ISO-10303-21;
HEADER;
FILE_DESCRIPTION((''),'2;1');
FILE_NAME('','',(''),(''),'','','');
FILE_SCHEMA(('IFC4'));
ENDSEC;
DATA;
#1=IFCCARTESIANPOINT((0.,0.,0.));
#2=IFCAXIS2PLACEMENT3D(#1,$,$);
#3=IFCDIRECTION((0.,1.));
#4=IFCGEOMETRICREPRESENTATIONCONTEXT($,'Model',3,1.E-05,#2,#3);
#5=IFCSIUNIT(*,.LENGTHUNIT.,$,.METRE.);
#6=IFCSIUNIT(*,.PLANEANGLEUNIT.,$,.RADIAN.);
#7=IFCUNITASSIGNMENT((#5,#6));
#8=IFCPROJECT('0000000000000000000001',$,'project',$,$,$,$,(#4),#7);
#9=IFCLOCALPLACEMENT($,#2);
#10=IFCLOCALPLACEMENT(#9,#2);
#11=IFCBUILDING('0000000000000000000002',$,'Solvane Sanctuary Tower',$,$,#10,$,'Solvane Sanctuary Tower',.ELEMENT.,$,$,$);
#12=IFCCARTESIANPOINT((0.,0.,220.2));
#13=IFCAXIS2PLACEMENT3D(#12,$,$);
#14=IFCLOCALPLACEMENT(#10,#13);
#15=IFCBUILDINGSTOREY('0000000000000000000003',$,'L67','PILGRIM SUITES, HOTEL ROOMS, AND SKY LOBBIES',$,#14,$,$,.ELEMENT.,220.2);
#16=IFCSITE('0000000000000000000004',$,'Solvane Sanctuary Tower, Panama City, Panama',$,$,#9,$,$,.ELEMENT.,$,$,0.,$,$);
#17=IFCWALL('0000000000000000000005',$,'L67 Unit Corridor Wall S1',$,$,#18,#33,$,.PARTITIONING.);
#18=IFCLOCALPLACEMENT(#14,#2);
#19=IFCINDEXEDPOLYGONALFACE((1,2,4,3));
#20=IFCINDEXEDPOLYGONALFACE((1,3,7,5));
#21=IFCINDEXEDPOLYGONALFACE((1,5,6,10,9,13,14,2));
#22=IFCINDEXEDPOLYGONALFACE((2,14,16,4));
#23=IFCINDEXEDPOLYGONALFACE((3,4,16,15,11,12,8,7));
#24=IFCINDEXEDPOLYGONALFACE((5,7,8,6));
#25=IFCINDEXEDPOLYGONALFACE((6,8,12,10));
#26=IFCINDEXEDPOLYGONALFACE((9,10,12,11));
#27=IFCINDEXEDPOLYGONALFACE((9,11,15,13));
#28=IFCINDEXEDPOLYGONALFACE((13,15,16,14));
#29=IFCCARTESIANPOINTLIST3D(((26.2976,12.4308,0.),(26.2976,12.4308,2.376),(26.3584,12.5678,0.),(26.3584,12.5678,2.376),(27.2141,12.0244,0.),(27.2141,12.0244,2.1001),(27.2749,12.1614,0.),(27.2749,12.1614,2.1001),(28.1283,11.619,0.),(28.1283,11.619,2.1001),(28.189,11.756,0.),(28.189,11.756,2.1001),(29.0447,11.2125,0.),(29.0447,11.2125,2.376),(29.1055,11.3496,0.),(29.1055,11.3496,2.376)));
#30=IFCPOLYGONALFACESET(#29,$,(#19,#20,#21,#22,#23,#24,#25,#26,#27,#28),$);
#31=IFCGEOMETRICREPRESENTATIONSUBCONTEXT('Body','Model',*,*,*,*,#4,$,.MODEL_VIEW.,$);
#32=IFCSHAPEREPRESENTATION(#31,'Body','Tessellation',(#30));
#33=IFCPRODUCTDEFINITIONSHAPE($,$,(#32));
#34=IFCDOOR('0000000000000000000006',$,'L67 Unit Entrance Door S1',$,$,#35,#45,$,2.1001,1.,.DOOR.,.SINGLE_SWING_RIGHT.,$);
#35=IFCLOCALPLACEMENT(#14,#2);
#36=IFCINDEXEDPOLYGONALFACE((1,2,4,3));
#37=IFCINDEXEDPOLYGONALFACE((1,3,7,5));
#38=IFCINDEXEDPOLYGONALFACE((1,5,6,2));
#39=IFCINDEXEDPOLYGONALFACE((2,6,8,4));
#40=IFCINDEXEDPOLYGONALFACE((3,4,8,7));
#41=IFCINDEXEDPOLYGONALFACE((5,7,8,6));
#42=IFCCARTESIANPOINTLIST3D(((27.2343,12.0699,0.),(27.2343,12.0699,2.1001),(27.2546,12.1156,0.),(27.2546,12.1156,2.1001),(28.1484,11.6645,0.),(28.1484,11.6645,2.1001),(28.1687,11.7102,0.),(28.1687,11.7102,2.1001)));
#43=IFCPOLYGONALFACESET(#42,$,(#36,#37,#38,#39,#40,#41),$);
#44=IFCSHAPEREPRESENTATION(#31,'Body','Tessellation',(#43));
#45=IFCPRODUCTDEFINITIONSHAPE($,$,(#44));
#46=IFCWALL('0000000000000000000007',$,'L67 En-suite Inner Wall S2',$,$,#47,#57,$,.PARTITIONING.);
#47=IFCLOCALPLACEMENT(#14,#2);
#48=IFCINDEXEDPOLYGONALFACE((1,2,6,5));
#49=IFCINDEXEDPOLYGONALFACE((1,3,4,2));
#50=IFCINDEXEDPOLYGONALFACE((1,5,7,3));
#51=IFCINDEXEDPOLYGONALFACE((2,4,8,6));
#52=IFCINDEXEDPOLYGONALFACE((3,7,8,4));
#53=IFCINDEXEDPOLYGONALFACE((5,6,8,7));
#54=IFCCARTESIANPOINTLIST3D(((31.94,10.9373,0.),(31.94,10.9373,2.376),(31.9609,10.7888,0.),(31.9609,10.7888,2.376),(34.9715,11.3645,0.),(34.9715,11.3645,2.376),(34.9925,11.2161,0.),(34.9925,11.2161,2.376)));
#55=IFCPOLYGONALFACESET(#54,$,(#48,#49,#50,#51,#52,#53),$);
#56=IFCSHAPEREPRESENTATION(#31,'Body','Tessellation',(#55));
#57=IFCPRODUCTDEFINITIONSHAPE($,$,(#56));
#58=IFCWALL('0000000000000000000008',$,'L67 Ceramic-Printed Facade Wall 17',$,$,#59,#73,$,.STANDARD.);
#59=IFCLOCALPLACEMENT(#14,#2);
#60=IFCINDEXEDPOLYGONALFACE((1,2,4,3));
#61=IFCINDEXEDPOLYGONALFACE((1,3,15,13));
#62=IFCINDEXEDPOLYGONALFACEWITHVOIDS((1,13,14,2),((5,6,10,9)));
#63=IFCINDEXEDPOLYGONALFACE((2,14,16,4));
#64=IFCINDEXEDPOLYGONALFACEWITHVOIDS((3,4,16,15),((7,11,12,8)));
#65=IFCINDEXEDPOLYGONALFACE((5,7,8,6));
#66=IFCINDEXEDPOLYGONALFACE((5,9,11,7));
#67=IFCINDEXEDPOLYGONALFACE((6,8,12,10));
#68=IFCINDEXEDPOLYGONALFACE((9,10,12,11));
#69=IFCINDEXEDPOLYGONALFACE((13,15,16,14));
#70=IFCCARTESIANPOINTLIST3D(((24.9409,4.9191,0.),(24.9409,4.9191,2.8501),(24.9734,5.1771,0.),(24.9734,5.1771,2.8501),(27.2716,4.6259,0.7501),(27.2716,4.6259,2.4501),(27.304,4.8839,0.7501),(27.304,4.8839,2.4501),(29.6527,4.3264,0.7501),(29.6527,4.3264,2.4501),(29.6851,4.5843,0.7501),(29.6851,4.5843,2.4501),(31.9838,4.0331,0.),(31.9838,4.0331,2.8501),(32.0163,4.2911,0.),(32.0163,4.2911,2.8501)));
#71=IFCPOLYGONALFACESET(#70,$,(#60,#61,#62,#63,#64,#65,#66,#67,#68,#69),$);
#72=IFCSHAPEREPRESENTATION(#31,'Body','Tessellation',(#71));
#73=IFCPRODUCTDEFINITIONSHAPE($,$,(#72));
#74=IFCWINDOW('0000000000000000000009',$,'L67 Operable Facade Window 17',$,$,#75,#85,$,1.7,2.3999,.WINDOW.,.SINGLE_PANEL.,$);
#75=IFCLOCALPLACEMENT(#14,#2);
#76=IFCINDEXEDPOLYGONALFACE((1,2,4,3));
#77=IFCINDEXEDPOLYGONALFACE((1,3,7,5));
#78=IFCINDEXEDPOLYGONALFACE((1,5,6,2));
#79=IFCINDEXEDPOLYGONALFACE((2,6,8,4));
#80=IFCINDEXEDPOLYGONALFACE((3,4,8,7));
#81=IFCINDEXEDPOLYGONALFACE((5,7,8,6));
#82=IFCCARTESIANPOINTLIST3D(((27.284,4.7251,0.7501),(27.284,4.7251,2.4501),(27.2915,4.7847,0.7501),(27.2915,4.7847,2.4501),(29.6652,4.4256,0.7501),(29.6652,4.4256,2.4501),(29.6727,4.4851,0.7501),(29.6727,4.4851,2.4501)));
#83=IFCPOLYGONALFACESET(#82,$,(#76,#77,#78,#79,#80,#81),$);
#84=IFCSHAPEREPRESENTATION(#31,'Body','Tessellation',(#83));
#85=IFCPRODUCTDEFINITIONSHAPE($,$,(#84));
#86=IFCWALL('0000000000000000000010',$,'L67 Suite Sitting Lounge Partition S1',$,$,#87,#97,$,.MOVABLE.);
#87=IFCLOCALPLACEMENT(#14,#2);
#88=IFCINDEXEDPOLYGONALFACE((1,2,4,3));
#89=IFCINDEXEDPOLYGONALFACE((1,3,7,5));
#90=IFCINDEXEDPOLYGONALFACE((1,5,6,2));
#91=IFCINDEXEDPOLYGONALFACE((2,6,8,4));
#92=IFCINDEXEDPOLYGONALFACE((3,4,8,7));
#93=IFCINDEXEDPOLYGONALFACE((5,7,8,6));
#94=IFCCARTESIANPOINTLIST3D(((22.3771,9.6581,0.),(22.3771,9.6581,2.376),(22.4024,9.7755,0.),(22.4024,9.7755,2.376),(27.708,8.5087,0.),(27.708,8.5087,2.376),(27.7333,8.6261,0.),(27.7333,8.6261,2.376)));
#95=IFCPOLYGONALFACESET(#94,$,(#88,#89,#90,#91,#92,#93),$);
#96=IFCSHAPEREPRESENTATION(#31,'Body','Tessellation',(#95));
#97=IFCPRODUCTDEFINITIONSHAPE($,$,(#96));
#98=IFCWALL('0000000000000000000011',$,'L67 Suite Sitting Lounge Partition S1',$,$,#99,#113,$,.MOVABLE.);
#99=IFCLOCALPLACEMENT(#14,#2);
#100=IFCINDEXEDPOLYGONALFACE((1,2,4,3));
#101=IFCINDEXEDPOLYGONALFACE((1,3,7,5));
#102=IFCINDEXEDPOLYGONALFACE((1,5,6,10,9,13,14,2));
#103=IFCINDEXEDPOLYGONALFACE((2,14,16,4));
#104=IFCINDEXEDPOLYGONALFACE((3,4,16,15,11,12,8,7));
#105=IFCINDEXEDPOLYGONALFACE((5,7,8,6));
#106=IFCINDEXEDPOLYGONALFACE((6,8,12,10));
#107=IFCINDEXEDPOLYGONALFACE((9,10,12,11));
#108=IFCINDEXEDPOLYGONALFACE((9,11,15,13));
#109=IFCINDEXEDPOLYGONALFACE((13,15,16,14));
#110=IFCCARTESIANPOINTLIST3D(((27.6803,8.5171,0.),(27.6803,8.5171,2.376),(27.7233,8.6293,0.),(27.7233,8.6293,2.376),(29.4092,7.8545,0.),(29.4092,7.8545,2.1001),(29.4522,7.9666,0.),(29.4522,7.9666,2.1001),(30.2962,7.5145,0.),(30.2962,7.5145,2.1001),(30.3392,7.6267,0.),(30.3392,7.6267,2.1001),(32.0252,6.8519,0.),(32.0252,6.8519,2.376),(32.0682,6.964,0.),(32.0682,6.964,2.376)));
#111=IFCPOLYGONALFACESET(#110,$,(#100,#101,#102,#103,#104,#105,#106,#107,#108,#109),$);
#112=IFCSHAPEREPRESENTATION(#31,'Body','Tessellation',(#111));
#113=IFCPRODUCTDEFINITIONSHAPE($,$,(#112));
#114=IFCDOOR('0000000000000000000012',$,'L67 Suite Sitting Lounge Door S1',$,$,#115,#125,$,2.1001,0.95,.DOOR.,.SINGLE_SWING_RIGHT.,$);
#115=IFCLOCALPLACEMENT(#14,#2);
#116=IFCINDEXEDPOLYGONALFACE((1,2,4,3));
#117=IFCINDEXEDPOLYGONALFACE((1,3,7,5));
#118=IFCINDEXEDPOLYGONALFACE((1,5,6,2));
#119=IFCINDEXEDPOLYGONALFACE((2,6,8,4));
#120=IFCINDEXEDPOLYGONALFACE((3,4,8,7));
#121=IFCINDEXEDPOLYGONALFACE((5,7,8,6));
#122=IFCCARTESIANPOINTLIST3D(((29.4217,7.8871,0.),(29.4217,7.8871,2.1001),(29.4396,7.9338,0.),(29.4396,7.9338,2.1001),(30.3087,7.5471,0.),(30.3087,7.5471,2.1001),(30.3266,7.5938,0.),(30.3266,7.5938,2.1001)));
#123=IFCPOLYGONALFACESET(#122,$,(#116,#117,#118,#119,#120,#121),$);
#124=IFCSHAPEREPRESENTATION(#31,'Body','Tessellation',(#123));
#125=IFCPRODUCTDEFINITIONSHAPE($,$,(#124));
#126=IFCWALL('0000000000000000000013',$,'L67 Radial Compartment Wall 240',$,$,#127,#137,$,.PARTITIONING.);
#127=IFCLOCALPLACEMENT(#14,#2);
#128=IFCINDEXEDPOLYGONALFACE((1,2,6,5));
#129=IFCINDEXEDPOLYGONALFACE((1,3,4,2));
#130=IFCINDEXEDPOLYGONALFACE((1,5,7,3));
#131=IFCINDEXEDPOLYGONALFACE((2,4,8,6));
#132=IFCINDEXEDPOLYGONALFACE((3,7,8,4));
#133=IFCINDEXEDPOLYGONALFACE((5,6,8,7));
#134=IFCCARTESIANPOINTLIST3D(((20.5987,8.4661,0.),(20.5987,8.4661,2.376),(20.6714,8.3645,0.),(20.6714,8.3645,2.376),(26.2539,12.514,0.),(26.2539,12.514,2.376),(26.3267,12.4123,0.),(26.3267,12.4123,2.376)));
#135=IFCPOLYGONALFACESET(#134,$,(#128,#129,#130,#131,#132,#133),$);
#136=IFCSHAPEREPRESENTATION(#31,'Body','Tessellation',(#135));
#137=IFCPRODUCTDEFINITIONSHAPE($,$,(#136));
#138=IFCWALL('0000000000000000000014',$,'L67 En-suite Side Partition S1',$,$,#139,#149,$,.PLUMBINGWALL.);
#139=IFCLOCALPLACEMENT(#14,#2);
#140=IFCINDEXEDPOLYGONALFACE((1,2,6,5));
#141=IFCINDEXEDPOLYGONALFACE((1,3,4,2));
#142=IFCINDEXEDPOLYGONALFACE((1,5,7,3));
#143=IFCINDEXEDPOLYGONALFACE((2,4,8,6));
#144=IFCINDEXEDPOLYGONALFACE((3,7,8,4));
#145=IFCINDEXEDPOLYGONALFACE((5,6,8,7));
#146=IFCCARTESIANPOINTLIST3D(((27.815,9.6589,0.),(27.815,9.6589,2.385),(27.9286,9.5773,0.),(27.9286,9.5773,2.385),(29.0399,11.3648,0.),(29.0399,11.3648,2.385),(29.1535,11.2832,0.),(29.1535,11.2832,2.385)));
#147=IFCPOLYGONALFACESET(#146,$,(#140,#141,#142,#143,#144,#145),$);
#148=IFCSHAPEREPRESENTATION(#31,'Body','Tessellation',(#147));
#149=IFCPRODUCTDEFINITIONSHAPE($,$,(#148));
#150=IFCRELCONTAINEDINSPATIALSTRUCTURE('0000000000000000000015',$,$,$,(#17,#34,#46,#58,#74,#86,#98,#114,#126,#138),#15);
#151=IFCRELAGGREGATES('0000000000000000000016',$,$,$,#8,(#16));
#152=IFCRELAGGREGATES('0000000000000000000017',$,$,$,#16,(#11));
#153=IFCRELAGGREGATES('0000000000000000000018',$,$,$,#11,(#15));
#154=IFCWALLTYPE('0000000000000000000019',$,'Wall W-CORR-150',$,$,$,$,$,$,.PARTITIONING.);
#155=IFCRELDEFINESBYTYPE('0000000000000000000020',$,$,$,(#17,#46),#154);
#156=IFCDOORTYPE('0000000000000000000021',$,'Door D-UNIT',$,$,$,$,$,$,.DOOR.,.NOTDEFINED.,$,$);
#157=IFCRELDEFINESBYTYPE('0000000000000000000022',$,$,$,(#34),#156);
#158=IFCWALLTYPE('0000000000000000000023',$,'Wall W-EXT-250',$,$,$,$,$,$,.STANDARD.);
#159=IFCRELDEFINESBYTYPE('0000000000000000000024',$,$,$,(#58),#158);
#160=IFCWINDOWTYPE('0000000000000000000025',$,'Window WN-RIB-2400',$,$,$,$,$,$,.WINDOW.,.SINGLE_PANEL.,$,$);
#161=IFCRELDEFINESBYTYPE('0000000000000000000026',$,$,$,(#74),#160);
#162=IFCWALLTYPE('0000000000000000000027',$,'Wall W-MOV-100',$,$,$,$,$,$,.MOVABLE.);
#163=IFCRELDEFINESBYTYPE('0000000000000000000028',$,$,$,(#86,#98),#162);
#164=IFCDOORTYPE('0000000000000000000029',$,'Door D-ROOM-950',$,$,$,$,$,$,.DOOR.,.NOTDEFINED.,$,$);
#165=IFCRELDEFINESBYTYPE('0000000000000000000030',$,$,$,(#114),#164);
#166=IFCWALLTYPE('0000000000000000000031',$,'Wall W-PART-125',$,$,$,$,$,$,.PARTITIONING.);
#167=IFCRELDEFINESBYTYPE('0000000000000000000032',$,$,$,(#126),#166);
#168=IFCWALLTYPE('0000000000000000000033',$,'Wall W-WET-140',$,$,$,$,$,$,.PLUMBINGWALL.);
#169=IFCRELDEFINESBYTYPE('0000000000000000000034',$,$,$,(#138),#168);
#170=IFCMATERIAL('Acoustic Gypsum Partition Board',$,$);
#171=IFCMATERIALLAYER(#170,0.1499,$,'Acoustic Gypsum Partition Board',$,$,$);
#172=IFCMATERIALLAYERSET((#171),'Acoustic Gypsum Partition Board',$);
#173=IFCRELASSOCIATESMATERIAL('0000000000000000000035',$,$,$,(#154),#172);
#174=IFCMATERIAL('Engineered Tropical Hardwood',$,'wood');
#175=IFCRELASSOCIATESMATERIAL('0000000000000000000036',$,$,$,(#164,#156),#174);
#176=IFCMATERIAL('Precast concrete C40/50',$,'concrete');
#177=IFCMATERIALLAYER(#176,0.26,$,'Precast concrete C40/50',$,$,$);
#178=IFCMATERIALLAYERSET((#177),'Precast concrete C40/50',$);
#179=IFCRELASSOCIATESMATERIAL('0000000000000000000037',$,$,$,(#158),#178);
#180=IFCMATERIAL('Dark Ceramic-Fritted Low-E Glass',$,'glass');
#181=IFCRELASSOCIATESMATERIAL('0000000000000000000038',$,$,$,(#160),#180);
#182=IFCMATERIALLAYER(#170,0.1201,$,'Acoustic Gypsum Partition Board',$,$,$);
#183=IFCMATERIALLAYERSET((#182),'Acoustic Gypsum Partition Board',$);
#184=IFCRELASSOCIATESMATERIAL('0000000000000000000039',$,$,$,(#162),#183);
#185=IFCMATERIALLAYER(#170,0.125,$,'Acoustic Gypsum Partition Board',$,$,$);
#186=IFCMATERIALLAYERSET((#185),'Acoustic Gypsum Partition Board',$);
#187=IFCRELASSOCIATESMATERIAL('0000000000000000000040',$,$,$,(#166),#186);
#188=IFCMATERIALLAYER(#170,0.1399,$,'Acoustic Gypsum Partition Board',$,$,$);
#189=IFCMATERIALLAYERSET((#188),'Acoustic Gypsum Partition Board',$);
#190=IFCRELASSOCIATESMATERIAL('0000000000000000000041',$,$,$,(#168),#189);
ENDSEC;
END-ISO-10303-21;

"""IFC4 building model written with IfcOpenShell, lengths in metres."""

from ifc_helpers import new_model, si_unit, direction, frame, frame_2d, origin, place, context, subcontext, project, spatial, rectangle, extrude, material, layer, layer_set, type_object, element, fill, save


model = new_model("IFC4")

# Units and contexts
model_context = context("Model", 3, precision=1e-05, world=origin(), true_north=direction((0.0, 1.0)))
body_context = subcontext(model_context, "Body", "Model", "MODEL_VIEW")
ifc_project = project(units=[si_unit("LENGTHUNIT", "METRE"), si_unit("PLANEANGLEUNIT", "RADIAN")], contexts=[model_context])

# Site, building, storey
site_placement = place(None, origin())
site = spatial("IfcSite", under=ifc_project, at=site_placement, Name="Solvane Sanctuary Tower, Panama City, Panama", CompositionType="ELEMENT", RefElevation=0.0)
building_placement = place(site_placement, origin())
building = spatial("IfcBuilding", under=site, at=building_placement, Name="Solvane Sanctuary Tower", LongName="Solvane Sanctuary Tower", CompositionType="ELEMENT")
storey_placement = place(building_placement, frame((0.0, 0.0, 220.2)))
storey = spatial("IfcBuildingStorey", under=building, at=storey_placement, Name="L67", Description="PILGRIM SUITES, HOTEL ROOMS, AND SKY LOBBIES", CompositionType="ELEMENT", Elevation=220.2)

# Shared definitions
ifc_material_1 = material(Name="Acoustic Gypsum Partition Board")
ifc_layer_1 = layer(ifc_material_1, 0.1499, Name="Acoustic Gypsum Partition Board")
ifc_layer_set_1 = layer_set([ifc_layer_1], Name="Acoustic Gypsum Partition Board")
wall_type_1 = type_object("IfcWallType", Name="Wall W-CORR-150", PredefinedType="PARTITIONING", material=ifc_layer_set_1)

# Shared definitions
ifc_material_2 = material(Name="Engineered Tropical Hardwood", Category="wood")
door_type_1 = type_object("IfcDoorType", Name="Door D-ROOM-950", OperationType="NOTDEFINED", PredefinedType="DOOR", material=ifc_material_2)

# Wall, opening, door
wall_1_placement = place(storey_placement, frame((26.3281, 12.4993, 0.0), z_axis=(0.0, 0.0, 1.0), x_axis=(0.91414, -0.4054, 0.0)))
wall_1 = element("IfcWall", 1, at=wall_1_placement, inside=storey, type_object=wall_type_1, Name="L67 Unit Corridor Wall S1", PredefinedType="PARTITIONING", context=body_context, shape_type="SweptSolid", body=[
    extrude(rectangle(XDim=3.0051, YDim=0.1499, at=frame_2d((1.5024, 0.0))), origin(), (0.0, 0.0, 1.0), 2.376),
])
opening_1_placement = place(wall_1_placement, frame((1.0024, 0.0, 0.0)))
opening_1 = element("IfcOpeningElement", 2, at=opening_1_placement, cuts=wall_1, PredefinedType="OPENING", context=body_context, shape_type="SweptSolid", body=[
    extrude(rectangle(XDim=1.0, YDim=2.1001, at=frame_2d((0.5, 1.05))), frame((0.0, 0.085, 0.0), z_axis=(0.0, -1.0, 0.0), x_axis=(1.0, 0.0, 0.0)), (0.0, 0.0, 1.0), 0.1699),
])
door_type_2 = type_object("IfcDoorType", Name="Door D-UNIT", OperationType="NOTDEFINED", PredefinedType="DOOR", material=ifc_material_2)
door_1_placement = place(opening_1_placement, origin())
door_1 = element("IfcDoor", 3, at=door_1_placement, inside=storey, type_object=door_type_2, Name="L67 Unit Entrance Door S1", OperationType="SINGLE_SWING_RIGHT", OverallHeight=2.1001, OverallWidth=1.0, PredefinedType="DOOR", context=body_context, shape_type="SweptSolid", body=[
    extrude(rectangle(XDim=1.0, YDim=2.1001, at=frame_2d((0.5, 1.05))), frame((0.0, 0.0249, 0.0), z_axis=(0.0, -1.0, 0.0), x_axis=(1.0, 0.0, 0.0)), (0.0, 0.0, 1.0), 0.05),
])
fill(opening_1, door_1)

# Wall
wall_2_placement = place(storey_placement, frame((31.9504, 10.863, 0.0), z_axis=(0.0, 0.0, 1.0), x_axis=(0.990214, 0.139557, 0.0)))
element("IfcWall", 4, at=wall_2_placement, inside=storey, type_object=wall_type_1, Name="L67 En-suite Inner Wall S2", PredefinedType="PARTITIONING", context=body_context, shape_type="SweptSolid", body=[
    extrude(rectangle(XDim=3.0615, YDim=0.1499, at=frame_2d((1.5308, 0.0))), origin(), (0.0, 0.0, 1.0), 2.376),
])

# Wall, opening, window
ifc_material_3 = material(Name="Precast concrete C40/50", Category="concrete")
ifc_layer_2 = layer(ifc_material_3, 0.26, Name="Precast concrete C40/50")
ifc_layer_set_2 = layer_set([ifc_layer_2], Name="Precast concrete C40/50")
wall_type_2 = type_object("IfcWallType", Name="Wall W-EXT-250", PredefinedType="STANDARD", material=ifc_layer_set_2)
wall_3_placement = place(storey_placement, frame((24.957, 5.0481, 0.0), z_axis=(0.0, 0.0, 1.0), x_axis=(0.99218, -0.124814, 0.0)))
wall_3 = element("IfcWall", 5, at=wall_3_placement, inside=storey, type_object=wall_type_2, Name="L67 Ceramic-Printed Facade Wall 17", PredefinedType="STANDARD", context=body_context, shape_type="SweptSolid", body=[
    extrude(rectangle(XDim=7.0984, YDim=0.26, at=frame_2d((3.5493, 0.0))), origin(), (0.0, 0.0, 1.0), 2.8501),
])
opening_2_placement = place(wall_3_placement, frame((2.3491, 0.0, 0.75)))
opening_2 = element("IfcOpeningElement", 6, at=opening_2_placement, cuts=wall_3, PredefinedType="OPENING", context=body_context, shape_type="SweptSolid", body=[
    extrude(rectangle(XDim=2.3999, YDim=1.7, at=frame_2d((1.2, 0.8501))), frame((0.0, 0.1399, 0.0), z_axis=(0.0, -1.0, 0.0), x_axis=(1.0, 0.0, 0.0)), (0.0, 0.0, 1.0), 0.28),
])
ifc_material_4 = material(Name="Dark Ceramic-Fritted Low-E Glass", Category="glass")
window_type = type_object("IfcWindowType", Name="Window WN-RIB-2400", PartitioningType="SINGLE_PANEL", PredefinedType="WINDOW", material=ifc_material_4)
window_placement = place(opening_2_placement, origin())
window = element("IfcWindow", 7, at=window_placement, inside=storey, type_object=window_type, Name="L67 Operable Facade Window 17", OverallHeight=1.7, OverallWidth=2.3999, PartitioningType="SINGLE_PANEL", PredefinedType="WINDOW", context=body_context, shape_type="SweptSolid", body=[
    extrude(rectangle(XDim=2.3999, YDim=1.7, at=frame_2d((1.2, 0.8501))), frame((0.0, 0.03, 0.0), z_axis=(0.0, -1.0, 0.0), x_axis=(1.0, 0.0, 0.0)), (0.0, 0.0, 1.0), 0.0601),
])
fill(opening_2, window)

# Wall
ifc_layer_3 = layer(ifc_material_1, 0.1201, Name="Acoustic Gypsum Partition Board")
ifc_layer_set_3 = layer_set([ifc_layer_3], Name="Acoustic Gypsum Partition Board")
wall_type_3 = type_object("IfcWallType", Name="Wall W-MOV-100", PredefinedType="MOVABLE", material=ifc_layer_set_3)
wall_4_placement = place(storey_placement, frame((22.3899, 9.7168, 0.0), z_axis=(0.0, 0.0, 1.0), x_axis=(0.977535, -0.210773, 0.0)))
element("IfcWall", 8, at=wall_4_placement, inside=storey, type_object=wall_type_3, Name="L67 Suite Sitting Lounge Partition S1", PredefinedType="MOVABLE", context=body_context, shape_type="SweptSolid", body=[
    extrude(rectangle(XDim=5.4534, YDim=0.1201, at=frame_2d((2.7266, 0.0))), origin(), (0.0, 0.0, 1.0), 2.376),
])

# Wall, opening, door
wall_5_placement = place(storey_placement, frame((27.7017, 8.5732, 0.0), z_axis=(0.0, 0.0, 1.0), x_axis=(0.933767, -0.357882, 0.0)))
wall_5 = element("IfcWall", 9, at=wall_5_placement, inside=storey, type_object=wall_type_3, Name="L67 Suite Sitting Lounge Partition S1", PredefinedType="MOVABLE", context=body_context, shape_type="SweptSolid", body=[
    extrude(rectangle(XDim=4.6531, YDim=0.1201, at=frame_2d((2.3267, 0.0))), origin(), (0.0, 0.0, 1.0), 2.376),
])
opening_3_placement = place(wall_5_placement, frame((1.8516, 0.0, 0.0)))
opening_3 = element("IfcOpeningElement", 10, at=opening_3_placement, cuts=wall_5, PredefinedType="OPENING", context=body_context, shape_type="SweptSolid", body=[
    extrude(rectangle(XDim=0.95, YDim=2.1001, at=frame_2d((0.4751, 1.05))), frame((0.0, 0.0701, 0.0), z_axis=(0.0, -1.0, 0.0), x_axis=(1.0, 0.0, 0.0)), (0.0, 0.0, 1.0), 0.1401),
])
door_2_placement = place(opening_3_placement, origin())
door_2 = element("IfcDoor", 11, at=door_2_placement, inside=storey, type_object=door_type_1, Name="L67 Suite Sitting Lounge Door S1", OperationType="SINGLE_SWING_RIGHT", OverallHeight=2.1001, OverallWidth=0.95, PredefinedType="DOOR", context=body_context, shape_type="SweptSolid", body=[
    extrude(rectangle(XDim=0.95, YDim=2.1001, at=frame_2d((0.4751, 1.05))), frame((0.0, 0.0249, 0.0), z_axis=(0.0, -1.0, 0.0), x_axis=(1.0, 0.0, 0.0)), (0.0, 0.0, 1.0), 0.05),
])
fill(opening_3, door_2)

# Walls
ifc_layer_4 = layer(ifc_material_1, 0.125, Name="Acoustic Gypsum Partition Board")
ifc_layer_set_4 = layer_set([ifc_layer_4], Name="Acoustic Gypsum Partition Board")
wall_type_4 = type_object("IfcWallType", Name="Wall W-PART-125", PredefinedType="PARTITIONING", material=ifc_layer_set_4)
wall_6_placement = place(storey_placement, frame((26.2903, 12.4631, 0.0), z_axis=(0.0, 0.0, 1.0), x_axis=(-0.813164, -0.582035, 0.0)))
element("IfcWall", 12, at=wall_6_placement, inside=storey, type_object=wall_type_4, Name="L67 Radial Compartment Wall 240", PredefinedType="PARTITIONING", context=body_context, shape_type="SweptSolid", body=[
    extrude(rectangle(XDim=6.9546, YDim=0.125, at=frame_2d((3.4773, 0.0))), origin(), (0.0, 0.0, 1.0), 2.376),
])
ifc_layer_5 = layer(ifc_material_1, 0.1399, Name="Acoustic Gypsum Partition Board")
ifc_layer_set_5 = layer_set([ifc_layer_5], Name="Acoustic Gypsum Partition Board")
wall_type_5 = type_object("IfcWallType", Name="Wall W-WET-140", PredefinedType="PLUMBINGWALL", material=ifc_layer_set_5)
wall_7_placement = place(storey_placement, frame((29.0967, 11.324, 0.0), z_axis=(0.0, 0.0, 1.0), x_axis=(-0.58326, -0.812286, 0.0)))
element("IfcWall", 13, at=wall_7_placement, inside=storey, type_object=wall_type_5, Name="L67 En-suite Side Partition S1", PredefinedType="PLUMBINGWALL", context=body_context, shape_type="SweptSolid", body=[
    extrude(rectangle(XDim=2.1001, YDim=0.1399, at=frame_2d((1.05, 0.0))), origin(), (0.0, 0.0, 1.0), 2.385),
])

save(model, "model.ifc")
